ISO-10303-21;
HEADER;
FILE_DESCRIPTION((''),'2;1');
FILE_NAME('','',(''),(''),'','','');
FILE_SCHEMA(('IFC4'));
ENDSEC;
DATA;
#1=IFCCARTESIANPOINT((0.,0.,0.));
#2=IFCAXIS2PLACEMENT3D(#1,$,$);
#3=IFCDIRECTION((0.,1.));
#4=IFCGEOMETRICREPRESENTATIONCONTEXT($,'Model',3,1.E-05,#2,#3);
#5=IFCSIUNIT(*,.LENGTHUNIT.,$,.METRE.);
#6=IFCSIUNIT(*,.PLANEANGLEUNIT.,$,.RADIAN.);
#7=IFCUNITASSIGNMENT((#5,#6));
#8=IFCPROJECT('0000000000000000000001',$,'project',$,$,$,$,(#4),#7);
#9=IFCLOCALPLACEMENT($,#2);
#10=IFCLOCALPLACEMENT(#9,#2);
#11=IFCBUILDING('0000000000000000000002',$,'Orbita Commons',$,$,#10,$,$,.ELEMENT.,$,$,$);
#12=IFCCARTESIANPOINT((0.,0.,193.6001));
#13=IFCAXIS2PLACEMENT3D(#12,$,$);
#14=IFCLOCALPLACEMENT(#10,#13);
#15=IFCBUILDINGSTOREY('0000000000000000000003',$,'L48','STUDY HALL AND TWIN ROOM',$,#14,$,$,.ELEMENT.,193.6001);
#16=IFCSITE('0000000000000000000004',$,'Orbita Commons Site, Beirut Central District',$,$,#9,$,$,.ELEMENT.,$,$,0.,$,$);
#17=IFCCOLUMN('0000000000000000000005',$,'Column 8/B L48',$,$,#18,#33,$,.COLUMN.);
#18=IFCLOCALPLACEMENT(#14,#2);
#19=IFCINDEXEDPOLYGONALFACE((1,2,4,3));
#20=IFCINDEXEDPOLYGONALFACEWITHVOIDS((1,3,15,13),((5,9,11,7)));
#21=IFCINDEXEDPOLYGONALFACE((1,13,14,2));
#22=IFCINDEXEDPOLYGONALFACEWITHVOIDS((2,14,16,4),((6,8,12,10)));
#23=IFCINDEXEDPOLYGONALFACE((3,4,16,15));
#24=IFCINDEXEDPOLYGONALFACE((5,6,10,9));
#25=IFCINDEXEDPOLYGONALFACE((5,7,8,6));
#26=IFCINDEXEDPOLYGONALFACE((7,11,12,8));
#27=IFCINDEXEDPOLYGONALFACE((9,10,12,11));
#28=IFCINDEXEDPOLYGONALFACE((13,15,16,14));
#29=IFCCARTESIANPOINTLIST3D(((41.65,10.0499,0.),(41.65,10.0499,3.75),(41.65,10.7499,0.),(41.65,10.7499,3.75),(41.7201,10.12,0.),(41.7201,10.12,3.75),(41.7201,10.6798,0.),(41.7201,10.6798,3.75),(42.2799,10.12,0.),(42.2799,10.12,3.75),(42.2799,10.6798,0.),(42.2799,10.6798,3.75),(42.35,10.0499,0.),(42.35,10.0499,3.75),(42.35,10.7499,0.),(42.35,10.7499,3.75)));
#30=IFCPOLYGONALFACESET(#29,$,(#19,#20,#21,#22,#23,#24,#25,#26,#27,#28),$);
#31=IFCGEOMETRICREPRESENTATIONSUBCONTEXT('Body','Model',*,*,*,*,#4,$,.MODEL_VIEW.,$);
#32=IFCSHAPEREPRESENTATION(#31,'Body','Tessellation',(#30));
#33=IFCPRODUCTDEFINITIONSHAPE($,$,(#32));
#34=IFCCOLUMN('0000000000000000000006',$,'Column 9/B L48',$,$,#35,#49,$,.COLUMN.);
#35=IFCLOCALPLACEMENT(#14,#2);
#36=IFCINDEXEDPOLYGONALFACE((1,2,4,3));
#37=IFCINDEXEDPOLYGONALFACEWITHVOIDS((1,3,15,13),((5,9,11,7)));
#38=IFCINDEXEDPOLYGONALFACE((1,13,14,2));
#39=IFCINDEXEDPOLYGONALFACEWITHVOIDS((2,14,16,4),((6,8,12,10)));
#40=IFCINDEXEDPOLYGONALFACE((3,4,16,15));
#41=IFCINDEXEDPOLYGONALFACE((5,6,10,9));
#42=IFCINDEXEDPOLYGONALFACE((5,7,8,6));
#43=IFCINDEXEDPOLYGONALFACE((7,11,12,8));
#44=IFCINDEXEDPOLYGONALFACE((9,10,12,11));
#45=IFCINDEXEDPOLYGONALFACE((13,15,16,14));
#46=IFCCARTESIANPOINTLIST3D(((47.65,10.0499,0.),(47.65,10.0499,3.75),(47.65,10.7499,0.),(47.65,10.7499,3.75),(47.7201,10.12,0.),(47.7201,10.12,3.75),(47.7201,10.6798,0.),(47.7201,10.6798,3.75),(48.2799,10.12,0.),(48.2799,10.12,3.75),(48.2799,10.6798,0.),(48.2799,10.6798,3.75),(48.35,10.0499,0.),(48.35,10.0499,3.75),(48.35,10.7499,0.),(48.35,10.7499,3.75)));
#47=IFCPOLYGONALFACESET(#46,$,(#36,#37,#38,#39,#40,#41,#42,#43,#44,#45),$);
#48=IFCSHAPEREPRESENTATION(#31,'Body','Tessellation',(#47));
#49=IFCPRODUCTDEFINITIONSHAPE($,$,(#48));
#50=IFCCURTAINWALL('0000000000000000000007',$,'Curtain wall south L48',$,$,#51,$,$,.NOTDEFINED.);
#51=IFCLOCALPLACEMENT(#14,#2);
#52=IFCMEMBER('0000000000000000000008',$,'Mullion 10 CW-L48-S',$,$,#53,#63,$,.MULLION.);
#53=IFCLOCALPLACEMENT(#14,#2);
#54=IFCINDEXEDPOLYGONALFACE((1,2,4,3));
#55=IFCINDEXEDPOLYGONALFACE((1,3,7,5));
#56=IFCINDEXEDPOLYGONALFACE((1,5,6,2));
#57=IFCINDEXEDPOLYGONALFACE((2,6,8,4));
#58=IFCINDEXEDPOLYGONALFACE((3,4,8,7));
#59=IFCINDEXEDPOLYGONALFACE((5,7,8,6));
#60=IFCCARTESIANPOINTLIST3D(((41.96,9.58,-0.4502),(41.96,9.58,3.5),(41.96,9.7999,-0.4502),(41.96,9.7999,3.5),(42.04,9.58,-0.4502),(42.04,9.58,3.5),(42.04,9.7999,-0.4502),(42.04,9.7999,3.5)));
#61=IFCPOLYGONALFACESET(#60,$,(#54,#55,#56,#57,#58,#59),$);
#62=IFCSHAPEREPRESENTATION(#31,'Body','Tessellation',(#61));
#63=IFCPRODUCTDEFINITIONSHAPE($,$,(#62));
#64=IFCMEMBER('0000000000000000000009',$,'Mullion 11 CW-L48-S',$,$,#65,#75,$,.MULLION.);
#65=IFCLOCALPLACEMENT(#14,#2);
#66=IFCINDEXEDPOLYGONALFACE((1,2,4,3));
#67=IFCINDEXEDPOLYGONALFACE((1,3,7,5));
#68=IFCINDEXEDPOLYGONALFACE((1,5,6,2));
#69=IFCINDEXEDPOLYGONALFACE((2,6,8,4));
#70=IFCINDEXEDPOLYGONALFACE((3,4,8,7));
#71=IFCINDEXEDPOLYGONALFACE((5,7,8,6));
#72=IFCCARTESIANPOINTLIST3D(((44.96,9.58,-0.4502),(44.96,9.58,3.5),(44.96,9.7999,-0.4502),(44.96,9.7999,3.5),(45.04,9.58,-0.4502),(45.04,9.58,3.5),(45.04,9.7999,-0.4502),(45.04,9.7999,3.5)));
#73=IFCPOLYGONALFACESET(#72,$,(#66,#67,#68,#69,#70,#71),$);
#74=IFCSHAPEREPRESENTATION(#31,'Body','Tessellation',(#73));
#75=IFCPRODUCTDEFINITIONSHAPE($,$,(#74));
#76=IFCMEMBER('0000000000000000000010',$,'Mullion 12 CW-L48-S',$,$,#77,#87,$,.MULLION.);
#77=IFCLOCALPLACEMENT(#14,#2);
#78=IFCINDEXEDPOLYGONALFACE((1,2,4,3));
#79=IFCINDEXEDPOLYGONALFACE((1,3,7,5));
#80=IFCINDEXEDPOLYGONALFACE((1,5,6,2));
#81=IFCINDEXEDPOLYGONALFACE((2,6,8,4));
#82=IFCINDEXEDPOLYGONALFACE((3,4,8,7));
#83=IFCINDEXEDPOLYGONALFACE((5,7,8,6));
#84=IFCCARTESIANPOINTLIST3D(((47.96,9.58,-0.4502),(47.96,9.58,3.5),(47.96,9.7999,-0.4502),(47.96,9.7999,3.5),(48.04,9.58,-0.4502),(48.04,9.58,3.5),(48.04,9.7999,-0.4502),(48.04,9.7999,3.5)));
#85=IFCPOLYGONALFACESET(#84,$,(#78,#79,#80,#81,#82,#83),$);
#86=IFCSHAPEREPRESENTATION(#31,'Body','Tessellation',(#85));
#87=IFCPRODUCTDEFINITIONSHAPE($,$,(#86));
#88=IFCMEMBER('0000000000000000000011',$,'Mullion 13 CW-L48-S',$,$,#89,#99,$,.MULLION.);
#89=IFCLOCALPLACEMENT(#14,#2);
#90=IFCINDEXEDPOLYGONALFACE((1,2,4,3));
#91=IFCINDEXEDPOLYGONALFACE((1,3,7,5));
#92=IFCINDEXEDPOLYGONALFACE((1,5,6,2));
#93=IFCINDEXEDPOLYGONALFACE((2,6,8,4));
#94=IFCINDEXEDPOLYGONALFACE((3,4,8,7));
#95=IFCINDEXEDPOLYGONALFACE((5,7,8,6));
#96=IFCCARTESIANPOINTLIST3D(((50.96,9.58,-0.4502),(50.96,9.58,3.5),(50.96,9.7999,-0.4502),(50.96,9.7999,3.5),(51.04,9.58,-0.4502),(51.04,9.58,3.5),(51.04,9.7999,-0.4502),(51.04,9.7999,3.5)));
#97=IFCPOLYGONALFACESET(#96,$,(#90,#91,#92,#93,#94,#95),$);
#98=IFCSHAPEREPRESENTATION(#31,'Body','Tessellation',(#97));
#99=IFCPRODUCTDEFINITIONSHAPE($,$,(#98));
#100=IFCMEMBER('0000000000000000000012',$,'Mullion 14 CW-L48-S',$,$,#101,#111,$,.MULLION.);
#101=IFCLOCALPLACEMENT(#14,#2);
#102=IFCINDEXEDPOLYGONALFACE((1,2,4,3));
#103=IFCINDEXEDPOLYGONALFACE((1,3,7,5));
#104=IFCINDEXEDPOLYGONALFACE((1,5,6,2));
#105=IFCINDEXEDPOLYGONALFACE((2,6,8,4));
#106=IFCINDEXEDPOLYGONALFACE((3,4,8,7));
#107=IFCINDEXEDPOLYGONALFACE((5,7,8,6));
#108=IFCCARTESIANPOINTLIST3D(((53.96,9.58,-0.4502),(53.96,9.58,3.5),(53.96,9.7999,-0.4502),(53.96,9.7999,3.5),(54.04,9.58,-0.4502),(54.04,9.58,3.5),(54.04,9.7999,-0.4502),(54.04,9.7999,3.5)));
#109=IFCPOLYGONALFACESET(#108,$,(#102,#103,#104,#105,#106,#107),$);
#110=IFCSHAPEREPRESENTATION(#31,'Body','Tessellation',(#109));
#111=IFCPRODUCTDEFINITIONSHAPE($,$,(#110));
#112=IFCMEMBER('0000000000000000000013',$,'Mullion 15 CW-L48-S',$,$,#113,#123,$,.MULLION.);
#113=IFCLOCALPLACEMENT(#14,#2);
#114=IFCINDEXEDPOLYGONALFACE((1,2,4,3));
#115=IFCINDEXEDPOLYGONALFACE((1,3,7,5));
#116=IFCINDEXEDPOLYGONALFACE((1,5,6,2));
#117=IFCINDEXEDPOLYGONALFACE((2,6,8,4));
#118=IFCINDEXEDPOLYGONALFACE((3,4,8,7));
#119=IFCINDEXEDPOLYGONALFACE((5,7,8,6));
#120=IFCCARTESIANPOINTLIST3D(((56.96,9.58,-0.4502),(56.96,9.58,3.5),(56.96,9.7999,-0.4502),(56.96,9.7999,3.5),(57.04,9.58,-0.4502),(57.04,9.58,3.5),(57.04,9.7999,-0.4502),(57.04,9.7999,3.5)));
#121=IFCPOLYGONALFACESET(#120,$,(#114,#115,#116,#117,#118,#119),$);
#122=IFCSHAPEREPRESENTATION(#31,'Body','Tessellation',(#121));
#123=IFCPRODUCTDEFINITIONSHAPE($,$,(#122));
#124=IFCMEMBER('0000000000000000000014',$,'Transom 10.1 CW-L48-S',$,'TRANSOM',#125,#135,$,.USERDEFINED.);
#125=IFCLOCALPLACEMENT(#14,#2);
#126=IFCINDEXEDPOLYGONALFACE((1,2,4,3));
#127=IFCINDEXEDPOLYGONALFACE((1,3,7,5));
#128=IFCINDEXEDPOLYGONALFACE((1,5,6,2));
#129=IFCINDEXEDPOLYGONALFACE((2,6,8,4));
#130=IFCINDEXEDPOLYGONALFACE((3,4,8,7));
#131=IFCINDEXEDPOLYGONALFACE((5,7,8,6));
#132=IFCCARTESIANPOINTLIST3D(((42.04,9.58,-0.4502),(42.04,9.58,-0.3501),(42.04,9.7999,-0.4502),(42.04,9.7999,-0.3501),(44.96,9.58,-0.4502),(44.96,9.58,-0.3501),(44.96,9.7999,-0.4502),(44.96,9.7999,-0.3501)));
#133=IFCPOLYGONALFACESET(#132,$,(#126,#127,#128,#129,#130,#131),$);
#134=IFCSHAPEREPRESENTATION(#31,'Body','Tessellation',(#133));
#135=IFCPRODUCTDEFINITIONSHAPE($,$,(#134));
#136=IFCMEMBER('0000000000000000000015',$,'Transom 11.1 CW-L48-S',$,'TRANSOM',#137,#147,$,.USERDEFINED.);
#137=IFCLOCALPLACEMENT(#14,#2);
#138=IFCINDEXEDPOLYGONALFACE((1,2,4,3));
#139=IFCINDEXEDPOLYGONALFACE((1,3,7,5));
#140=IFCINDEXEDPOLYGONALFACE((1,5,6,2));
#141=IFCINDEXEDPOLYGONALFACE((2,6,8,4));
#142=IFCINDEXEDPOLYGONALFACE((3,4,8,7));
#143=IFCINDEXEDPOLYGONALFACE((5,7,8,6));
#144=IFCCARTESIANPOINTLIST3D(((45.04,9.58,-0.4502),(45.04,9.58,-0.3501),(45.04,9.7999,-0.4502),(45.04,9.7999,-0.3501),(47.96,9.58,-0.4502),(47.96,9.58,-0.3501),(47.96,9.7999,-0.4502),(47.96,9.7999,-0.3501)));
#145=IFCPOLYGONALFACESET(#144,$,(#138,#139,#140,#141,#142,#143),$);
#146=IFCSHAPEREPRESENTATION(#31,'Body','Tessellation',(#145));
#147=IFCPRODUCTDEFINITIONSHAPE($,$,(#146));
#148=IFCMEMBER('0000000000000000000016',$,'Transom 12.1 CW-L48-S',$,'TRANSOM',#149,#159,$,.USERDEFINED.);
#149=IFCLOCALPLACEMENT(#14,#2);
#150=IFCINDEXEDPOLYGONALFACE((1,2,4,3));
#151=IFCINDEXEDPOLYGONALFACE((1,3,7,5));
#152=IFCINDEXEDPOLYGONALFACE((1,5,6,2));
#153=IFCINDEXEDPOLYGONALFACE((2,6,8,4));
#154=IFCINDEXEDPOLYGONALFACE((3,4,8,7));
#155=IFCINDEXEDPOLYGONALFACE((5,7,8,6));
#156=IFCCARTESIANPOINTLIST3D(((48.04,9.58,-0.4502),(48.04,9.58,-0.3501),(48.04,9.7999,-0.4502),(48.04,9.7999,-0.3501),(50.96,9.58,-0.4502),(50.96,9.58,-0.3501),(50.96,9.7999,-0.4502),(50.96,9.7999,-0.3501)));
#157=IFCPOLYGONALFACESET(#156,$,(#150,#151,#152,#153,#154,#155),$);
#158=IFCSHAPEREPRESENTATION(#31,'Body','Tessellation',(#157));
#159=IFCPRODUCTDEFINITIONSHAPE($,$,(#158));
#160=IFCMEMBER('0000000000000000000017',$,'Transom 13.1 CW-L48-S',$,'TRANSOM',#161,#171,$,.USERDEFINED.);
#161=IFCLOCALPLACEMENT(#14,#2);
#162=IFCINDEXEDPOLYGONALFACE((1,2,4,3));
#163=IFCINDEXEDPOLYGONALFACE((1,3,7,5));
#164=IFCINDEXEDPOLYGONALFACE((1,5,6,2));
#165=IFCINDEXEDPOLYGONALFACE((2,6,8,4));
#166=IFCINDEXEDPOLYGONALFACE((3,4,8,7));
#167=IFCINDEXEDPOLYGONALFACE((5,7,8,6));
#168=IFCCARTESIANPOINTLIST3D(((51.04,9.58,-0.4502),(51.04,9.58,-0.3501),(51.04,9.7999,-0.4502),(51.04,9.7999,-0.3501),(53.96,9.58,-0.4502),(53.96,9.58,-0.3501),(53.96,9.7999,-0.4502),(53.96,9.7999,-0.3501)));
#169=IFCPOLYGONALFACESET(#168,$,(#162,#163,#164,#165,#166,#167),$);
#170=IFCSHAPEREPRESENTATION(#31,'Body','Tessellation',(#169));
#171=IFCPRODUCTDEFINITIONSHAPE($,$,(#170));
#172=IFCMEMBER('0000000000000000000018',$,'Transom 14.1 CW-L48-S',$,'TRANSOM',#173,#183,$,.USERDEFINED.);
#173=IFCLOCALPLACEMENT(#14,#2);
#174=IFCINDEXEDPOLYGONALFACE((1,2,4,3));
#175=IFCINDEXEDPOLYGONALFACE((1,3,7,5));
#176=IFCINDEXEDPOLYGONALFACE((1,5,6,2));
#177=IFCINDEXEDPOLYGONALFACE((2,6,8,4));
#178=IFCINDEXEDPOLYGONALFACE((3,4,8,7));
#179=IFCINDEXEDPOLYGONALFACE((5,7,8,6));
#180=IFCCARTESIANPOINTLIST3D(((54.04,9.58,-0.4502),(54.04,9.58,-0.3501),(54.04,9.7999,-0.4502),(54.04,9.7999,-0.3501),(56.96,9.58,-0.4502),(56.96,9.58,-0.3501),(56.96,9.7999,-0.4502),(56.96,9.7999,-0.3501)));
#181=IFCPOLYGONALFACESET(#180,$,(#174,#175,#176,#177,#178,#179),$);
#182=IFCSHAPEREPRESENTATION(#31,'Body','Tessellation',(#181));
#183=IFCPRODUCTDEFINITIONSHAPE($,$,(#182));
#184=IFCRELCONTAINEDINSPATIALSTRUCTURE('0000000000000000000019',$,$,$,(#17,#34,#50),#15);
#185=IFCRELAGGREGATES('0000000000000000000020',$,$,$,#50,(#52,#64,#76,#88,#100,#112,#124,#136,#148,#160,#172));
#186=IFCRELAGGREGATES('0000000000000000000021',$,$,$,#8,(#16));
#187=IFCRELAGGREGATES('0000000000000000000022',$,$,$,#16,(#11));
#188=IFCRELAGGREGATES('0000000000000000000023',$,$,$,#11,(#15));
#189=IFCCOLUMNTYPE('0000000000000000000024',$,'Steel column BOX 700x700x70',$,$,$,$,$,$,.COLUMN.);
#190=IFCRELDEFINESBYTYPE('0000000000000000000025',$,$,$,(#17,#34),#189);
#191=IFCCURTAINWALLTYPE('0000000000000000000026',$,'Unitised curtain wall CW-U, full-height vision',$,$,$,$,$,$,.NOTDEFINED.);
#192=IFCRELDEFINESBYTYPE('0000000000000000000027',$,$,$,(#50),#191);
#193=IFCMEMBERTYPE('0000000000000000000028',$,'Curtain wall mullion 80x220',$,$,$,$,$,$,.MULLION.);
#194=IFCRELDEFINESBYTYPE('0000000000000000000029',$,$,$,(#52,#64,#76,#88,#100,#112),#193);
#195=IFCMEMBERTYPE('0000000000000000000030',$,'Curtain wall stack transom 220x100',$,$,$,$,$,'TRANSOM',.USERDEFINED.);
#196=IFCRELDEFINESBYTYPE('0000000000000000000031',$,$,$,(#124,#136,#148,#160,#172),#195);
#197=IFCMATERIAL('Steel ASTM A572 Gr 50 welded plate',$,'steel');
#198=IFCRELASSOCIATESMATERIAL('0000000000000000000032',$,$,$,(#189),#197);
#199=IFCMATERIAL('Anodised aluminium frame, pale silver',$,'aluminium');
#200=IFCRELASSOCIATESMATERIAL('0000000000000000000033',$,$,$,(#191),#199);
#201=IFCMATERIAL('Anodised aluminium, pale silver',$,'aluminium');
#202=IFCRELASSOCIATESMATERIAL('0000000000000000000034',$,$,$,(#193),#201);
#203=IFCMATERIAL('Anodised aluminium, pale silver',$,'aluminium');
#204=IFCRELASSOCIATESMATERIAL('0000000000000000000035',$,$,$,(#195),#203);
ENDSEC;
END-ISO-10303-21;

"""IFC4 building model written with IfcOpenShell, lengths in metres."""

from ifc_helpers import new_model, si_unit, direction, frame, origin, origin_2d, place, context, subcontext, project, spatial, rectangle, hollow_rectangle, extrude, material, material_profile, profile_set, type_object, element, aggregate, save


model = new_model("IFC4")

# Units and contexts
model_context = context("Model", 3, precision=1e-05, world=origin(), true_north=direction((0.0, 1.0)))
body_context = subcontext(model_context, "Body", "Model", "MODEL_VIEW")
ifc_project = project(units=[si_unit("LENGTHUNIT", "METRE"), si_unit("PLANEANGLEUNIT", "RADIAN")], contexts=[model_context])

# Site, building, storey
site_placement = place(None, origin())
site = spatial("IfcSite", under=ifc_project, at=site_placement, Name="Orbita Commons Site, Beirut Central District", CompositionType="ELEMENT", RefElevation=0.0)
building_placement = place(site_placement, origin())
building = spatial("IfcBuilding", under=site, at=building_placement, Name="Orbita Commons", CompositionType="ELEMENT")
storey_placement = place(building_placement, frame((0.0, 0.0, 193.6001)))
storey = spatial("IfcBuildingStorey", under=building, at=storey_placement, Name="L48", Description="STUDY HALL AND TWIN ROOM", CompositionType="ELEMENT", Elevation=193.6001)

# Columns
ifc_material_1 = material(Name="Steel ASTM A572 Gr 50 welded plate", Category="steel")
ifc_material_profile_1 = material_profile(ifc_material_1, hollow_rectangle(XDim=0.7, YDim=0.7, WallThickness=0.0701, at=origin_2d()), Name="BOX 700x700x70")
ifc_profile_set_1 = profile_set([ifc_material_profile_1], Name="Steel ASTM A572 Gr 50 welded plate")
column_type = type_object("IfcColumnType", Name="Steel column BOX 700x700x70", PredefinedType="COLUMN", material=ifc_profile_set_1)
for number, where, z_axis, x_axis, name in (
    (1, (42.0, 10.3999, 0.0), (0.0, 0.0, 1.0), (1.0, 0.0, 0.0), "Column 8/B L48"),
    (2, (48.0, 10.3999, 0.0), (0.0, 0.0, 1.0), (1.0, 0.0, 0.0), "Column 9/B L48"),
):
    element("IfcColumn", number, at=place(storey_placement, frame(where, z_axis=z_axis, x_axis=x_axis)), inside=storey, type_object=column_type, Name=name, PredefinedType="COLUMN", context=body_context, shape_type="SweptSolid", body=[
        extrude(hollow_rectangle(XDim=0.7, YDim=0.7, WallThickness=0.0701, at=origin_2d()), origin(), (0.0, 0.0, 1.0), 3.75),
    ])

# Curtain wall, members
ifc_material_2 = material(Name="Anodised aluminium frame, pale silver", Category="aluminium")
curtain_wall_type = type_object("IfcCurtainWallType", Name="Unitised curtain wall CW-U, full-height vision", PredefinedType="NOTDEFINED", material=ifc_material_2)
curtain_wall_placement = place(storey_placement, origin())
curtain_wall = element("IfcCurtainWall", 3, at=curtain_wall_placement, inside=storey, type_object=curtain_wall_type, Name="Curtain wall south L48", PredefinedType="NOTDEFINED")
ifc_material_3 = material(Name="Anodised aluminium, pale silver", Category="aluminium")
ifc_material_profile_2 = material_profile(ifc_material_3, rectangle(XDim=0.0801, YDim=0.22, at=origin_2d()), Name="AL 80x220")
ifc_profile_set_2 = profile_set([ifc_material_profile_2], Name="Anodised aluminium, pale silver")
member_type_1 = type_object("IfcMemberType", Name="Curtain wall mullion 80x220", PredefinedType="MULLION", material=ifc_profile_set_2)
member_1_placement = place(storey_placement, frame((42.0, 9.6899, -0.4502), z_axis=(0.0, 0.0, 1.0), x_axis=(1.0, 0.0, 0.0)))
member_1 = element("IfcMember", 4, at=member_1_placement, type_object=member_type_1, Name="Mullion 10 CW-L48-S", PredefinedType="MULLION", context=body_context, shape_type="SweptSolid", body=[
    extrude(rectangle(XDim=0.0801, YDim=0.22, at=origin_2d()), origin(), (0.0, 0.0, 1.0), 3.9502),
])
member_2_placement = place(storey_placement, frame((45.0, 9.6899, -0.4502), z_axis=(0.0, 0.0, 1.0), x_axis=(1.0, 0.0, 0.0)))
member_2 = element("IfcMember", 5, at=member_2_placement, type_object=member_type_1, Name="Mullion 11 CW-L48-S", PredefinedType="MULLION", context=body_context, shape_type="SweptSolid", body=[
    extrude(rectangle(XDim=0.0801, YDim=0.22, at=origin_2d()), origin(), (0.0, 0.0, 1.0), 3.9502),
])
member_3_placement = place(storey_placement, frame((48.0, 9.6899, -0.4502), z_axis=(0.0, 0.0, 1.0), x_axis=(1.0, 0.0, 0.0)))
member_3 = element("IfcMember", 6, at=member_3_placement, type_object=member_type_1, Name="Mullion 12 CW-L48-S", PredefinedType="MULLION", context=body_context, shape_type="SweptSolid", body=[
    extrude(rectangle(XDim=0.0801, YDim=0.22, at=origin_2d()), origin(), (0.0, 0.0, 1.0), 3.9502),
])
member_4_placement = place(storey_placement, frame((51.0, 9.6899, -0.4502), z_axis=(0.0, 0.0, 1.0), x_axis=(1.0, 0.0, 0.0)))
member_4 = element("IfcMember", 7, at=member_4_placement, type_object=member_type_1, Name="Mullion 13 CW-L48-S", PredefinedType="MULLION", context=body_context, shape_type="SweptSolid", body=[
    extrude(rectangle(XDim=0.0801, YDim=0.22, at=origin_2d()), origin(), (0.0, 0.0, 1.0), 3.9502),
])
member_5_placement = place(storey_placement, frame((54.0, 9.6899, -0.4502), z_axis=(0.0, 0.0, 1.0), x_axis=(1.0, 0.0, 0.0)))
member_5 = element("IfcMember", 8, at=member_5_placement, type_object=member_type_1, Name="Mullion 14 CW-L48-S", PredefinedType="MULLION", context=body_context, shape_type="SweptSolid", body=[
    extrude(rectangle(XDim=0.0801, YDim=0.22, at=origin_2d()), origin(), (0.0, 0.0, 1.0), 3.9502),
])
member_6_placement = place(storey_placement, frame((57.0, 9.6899, -0.4502), z_axis=(0.0, 0.0, 1.0), x_axis=(1.0, 0.0, 0.0)))
member_6 = element("IfcMember", 9, at=member_6_placement, type_object=member_type_1, Name="Mullion 15 CW-L48-S", PredefinedType="MULLION", context=body_context, shape_type="SweptSolid", body=[
    extrude(rectangle(XDim=0.0801, YDim=0.22, at=origin_2d()), origin(), (0.0, 0.0, 1.0), 3.9502),
])
ifc_material_4 = material(Name="Anodised aluminium, pale silver", Category="aluminium")
ifc_material_profile_3 = material_profile(ifc_material_4, rectangle(XDim=0.22, YDim=0.1001, at=origin_2d()), Name="AL 220x100")
ifc_profile_set_3 = profile_set([ifc_material_profile_3], Name="Anodised aluminium, pale silver")
member_type_2 = type_object("IfcMemberType", Name="Curtain wall stack transom 220x100", ElementType="TRANSOM", PredefinedType="USERDEFINED", material=ifc_profile_set_3)
member_7_placement = place(storey_placement, frame((42.04, 9.6899, -0.4001), z_axis=(1.0, 0.0, 0.0), x_axis=(0.0, 1.0, 0.0)))
member_7 = element("IfcMember", 10, at=member_7_placement, type_object=member_type_2, Name="Transom 10.1 CW-L48-S", ObjectType="TRANSOM", PredefinedType="USERDEFINED", context=body_context, shape_type="SweptSolid", body=[
    extrude(rectangle(XDim=0.22, YDim=0.1001, at=origin_2d()), origin(), (0.0, 0.0, 1.0), 2.9199),
])
member_8_placement = place(storey_placement, frame((45.04, 9.6899, -0.4001), z_axis=(1.0, 0.0, 0.0), x_axis=(0.0, 1.0, 0.0)))
member_8 = element("IfcMember", 11, at=member_8_placement, type_object=member_type_2, Name="Transom 11.1 CW-L48-S", ObjectType="TRANSOM", PredefinedType="USERDEFINED", context=body_context, shape_type="SweptSolid", body=[
    extrude(rectangle(XDim=0.22, YDim=0.1001, at=origin_2d()), origin(), (0.0, 0.0, 1.0), 2.9199),
])
member_9_placement = place(storey_placement, frame((48.04, 9.6899, -0.4001), z_axis=(1.0, 0.0, 0.0), x_axis=(0.0, 1.0, 0.0)))
member_9 = element("IfcMember", 12, at=member_9_placement, type_object=member_type_2, Name="Transom 12.1 CW-L48-S", ObjectType="TRANSOM", PredefinedType="USERDEFINED", context=body_context, shape_type="SweptSolid", body=[
    extrude(rectangle(XDim=0.22, YDim=0.1001, at=origin_2d()), origin(), (0.0, 0.0, 1.0), 2.9199),
])
member_10_placement = place(storey_placement, frame((51.04, 9.6899, -0.4001), z_axis=(1.0, 0.0, 0.0), x_axis=(0.0, 1.0, 0.0)))
member_10 = element("IfcMember", 13, at=member_10_placement, type_object=member_type_2, Name="Transom 13.1 CW-L48-S", ObjectType="TRANSOM", PredefinedType="USERDEFINED", context=body_context, shape_type="SweptSolid", body=[
    extrude(rectangle(XDim=0.22, YDim=0.1001, at=origin_2d()), origin(), (0.0, 0.0, 1.0), 2.9199),
])
member_11_placement = place(storey_placement, frame((54.04, 9.6899, -0.4001), z_axis=(1.0, 0.0, 0.0), x_axis=(0.0, 1.0, 0.0)))
member_11 = element("IfcMember", 14, at=member_11_placement, type_object=member_type_2, Name="Transom 14.1 CW-L48-S", ObjectType="TRANSOM", PredefinedType="USERDEFINED", context=body_context, shape_type="SweptSolid", body=[
    extrude(rectangle(XDim=0.22, YDim=0.1001, at=origin_2d()), origin(), (0.0, 0.0, 1.0), 2.9199),
])

aggregate(curtain_wall, [member_1, member_2, member_3, member_4, member_5, member_6, member_7, member_8, member_9, member_10, member_11])

save(model, "model.ifc")
